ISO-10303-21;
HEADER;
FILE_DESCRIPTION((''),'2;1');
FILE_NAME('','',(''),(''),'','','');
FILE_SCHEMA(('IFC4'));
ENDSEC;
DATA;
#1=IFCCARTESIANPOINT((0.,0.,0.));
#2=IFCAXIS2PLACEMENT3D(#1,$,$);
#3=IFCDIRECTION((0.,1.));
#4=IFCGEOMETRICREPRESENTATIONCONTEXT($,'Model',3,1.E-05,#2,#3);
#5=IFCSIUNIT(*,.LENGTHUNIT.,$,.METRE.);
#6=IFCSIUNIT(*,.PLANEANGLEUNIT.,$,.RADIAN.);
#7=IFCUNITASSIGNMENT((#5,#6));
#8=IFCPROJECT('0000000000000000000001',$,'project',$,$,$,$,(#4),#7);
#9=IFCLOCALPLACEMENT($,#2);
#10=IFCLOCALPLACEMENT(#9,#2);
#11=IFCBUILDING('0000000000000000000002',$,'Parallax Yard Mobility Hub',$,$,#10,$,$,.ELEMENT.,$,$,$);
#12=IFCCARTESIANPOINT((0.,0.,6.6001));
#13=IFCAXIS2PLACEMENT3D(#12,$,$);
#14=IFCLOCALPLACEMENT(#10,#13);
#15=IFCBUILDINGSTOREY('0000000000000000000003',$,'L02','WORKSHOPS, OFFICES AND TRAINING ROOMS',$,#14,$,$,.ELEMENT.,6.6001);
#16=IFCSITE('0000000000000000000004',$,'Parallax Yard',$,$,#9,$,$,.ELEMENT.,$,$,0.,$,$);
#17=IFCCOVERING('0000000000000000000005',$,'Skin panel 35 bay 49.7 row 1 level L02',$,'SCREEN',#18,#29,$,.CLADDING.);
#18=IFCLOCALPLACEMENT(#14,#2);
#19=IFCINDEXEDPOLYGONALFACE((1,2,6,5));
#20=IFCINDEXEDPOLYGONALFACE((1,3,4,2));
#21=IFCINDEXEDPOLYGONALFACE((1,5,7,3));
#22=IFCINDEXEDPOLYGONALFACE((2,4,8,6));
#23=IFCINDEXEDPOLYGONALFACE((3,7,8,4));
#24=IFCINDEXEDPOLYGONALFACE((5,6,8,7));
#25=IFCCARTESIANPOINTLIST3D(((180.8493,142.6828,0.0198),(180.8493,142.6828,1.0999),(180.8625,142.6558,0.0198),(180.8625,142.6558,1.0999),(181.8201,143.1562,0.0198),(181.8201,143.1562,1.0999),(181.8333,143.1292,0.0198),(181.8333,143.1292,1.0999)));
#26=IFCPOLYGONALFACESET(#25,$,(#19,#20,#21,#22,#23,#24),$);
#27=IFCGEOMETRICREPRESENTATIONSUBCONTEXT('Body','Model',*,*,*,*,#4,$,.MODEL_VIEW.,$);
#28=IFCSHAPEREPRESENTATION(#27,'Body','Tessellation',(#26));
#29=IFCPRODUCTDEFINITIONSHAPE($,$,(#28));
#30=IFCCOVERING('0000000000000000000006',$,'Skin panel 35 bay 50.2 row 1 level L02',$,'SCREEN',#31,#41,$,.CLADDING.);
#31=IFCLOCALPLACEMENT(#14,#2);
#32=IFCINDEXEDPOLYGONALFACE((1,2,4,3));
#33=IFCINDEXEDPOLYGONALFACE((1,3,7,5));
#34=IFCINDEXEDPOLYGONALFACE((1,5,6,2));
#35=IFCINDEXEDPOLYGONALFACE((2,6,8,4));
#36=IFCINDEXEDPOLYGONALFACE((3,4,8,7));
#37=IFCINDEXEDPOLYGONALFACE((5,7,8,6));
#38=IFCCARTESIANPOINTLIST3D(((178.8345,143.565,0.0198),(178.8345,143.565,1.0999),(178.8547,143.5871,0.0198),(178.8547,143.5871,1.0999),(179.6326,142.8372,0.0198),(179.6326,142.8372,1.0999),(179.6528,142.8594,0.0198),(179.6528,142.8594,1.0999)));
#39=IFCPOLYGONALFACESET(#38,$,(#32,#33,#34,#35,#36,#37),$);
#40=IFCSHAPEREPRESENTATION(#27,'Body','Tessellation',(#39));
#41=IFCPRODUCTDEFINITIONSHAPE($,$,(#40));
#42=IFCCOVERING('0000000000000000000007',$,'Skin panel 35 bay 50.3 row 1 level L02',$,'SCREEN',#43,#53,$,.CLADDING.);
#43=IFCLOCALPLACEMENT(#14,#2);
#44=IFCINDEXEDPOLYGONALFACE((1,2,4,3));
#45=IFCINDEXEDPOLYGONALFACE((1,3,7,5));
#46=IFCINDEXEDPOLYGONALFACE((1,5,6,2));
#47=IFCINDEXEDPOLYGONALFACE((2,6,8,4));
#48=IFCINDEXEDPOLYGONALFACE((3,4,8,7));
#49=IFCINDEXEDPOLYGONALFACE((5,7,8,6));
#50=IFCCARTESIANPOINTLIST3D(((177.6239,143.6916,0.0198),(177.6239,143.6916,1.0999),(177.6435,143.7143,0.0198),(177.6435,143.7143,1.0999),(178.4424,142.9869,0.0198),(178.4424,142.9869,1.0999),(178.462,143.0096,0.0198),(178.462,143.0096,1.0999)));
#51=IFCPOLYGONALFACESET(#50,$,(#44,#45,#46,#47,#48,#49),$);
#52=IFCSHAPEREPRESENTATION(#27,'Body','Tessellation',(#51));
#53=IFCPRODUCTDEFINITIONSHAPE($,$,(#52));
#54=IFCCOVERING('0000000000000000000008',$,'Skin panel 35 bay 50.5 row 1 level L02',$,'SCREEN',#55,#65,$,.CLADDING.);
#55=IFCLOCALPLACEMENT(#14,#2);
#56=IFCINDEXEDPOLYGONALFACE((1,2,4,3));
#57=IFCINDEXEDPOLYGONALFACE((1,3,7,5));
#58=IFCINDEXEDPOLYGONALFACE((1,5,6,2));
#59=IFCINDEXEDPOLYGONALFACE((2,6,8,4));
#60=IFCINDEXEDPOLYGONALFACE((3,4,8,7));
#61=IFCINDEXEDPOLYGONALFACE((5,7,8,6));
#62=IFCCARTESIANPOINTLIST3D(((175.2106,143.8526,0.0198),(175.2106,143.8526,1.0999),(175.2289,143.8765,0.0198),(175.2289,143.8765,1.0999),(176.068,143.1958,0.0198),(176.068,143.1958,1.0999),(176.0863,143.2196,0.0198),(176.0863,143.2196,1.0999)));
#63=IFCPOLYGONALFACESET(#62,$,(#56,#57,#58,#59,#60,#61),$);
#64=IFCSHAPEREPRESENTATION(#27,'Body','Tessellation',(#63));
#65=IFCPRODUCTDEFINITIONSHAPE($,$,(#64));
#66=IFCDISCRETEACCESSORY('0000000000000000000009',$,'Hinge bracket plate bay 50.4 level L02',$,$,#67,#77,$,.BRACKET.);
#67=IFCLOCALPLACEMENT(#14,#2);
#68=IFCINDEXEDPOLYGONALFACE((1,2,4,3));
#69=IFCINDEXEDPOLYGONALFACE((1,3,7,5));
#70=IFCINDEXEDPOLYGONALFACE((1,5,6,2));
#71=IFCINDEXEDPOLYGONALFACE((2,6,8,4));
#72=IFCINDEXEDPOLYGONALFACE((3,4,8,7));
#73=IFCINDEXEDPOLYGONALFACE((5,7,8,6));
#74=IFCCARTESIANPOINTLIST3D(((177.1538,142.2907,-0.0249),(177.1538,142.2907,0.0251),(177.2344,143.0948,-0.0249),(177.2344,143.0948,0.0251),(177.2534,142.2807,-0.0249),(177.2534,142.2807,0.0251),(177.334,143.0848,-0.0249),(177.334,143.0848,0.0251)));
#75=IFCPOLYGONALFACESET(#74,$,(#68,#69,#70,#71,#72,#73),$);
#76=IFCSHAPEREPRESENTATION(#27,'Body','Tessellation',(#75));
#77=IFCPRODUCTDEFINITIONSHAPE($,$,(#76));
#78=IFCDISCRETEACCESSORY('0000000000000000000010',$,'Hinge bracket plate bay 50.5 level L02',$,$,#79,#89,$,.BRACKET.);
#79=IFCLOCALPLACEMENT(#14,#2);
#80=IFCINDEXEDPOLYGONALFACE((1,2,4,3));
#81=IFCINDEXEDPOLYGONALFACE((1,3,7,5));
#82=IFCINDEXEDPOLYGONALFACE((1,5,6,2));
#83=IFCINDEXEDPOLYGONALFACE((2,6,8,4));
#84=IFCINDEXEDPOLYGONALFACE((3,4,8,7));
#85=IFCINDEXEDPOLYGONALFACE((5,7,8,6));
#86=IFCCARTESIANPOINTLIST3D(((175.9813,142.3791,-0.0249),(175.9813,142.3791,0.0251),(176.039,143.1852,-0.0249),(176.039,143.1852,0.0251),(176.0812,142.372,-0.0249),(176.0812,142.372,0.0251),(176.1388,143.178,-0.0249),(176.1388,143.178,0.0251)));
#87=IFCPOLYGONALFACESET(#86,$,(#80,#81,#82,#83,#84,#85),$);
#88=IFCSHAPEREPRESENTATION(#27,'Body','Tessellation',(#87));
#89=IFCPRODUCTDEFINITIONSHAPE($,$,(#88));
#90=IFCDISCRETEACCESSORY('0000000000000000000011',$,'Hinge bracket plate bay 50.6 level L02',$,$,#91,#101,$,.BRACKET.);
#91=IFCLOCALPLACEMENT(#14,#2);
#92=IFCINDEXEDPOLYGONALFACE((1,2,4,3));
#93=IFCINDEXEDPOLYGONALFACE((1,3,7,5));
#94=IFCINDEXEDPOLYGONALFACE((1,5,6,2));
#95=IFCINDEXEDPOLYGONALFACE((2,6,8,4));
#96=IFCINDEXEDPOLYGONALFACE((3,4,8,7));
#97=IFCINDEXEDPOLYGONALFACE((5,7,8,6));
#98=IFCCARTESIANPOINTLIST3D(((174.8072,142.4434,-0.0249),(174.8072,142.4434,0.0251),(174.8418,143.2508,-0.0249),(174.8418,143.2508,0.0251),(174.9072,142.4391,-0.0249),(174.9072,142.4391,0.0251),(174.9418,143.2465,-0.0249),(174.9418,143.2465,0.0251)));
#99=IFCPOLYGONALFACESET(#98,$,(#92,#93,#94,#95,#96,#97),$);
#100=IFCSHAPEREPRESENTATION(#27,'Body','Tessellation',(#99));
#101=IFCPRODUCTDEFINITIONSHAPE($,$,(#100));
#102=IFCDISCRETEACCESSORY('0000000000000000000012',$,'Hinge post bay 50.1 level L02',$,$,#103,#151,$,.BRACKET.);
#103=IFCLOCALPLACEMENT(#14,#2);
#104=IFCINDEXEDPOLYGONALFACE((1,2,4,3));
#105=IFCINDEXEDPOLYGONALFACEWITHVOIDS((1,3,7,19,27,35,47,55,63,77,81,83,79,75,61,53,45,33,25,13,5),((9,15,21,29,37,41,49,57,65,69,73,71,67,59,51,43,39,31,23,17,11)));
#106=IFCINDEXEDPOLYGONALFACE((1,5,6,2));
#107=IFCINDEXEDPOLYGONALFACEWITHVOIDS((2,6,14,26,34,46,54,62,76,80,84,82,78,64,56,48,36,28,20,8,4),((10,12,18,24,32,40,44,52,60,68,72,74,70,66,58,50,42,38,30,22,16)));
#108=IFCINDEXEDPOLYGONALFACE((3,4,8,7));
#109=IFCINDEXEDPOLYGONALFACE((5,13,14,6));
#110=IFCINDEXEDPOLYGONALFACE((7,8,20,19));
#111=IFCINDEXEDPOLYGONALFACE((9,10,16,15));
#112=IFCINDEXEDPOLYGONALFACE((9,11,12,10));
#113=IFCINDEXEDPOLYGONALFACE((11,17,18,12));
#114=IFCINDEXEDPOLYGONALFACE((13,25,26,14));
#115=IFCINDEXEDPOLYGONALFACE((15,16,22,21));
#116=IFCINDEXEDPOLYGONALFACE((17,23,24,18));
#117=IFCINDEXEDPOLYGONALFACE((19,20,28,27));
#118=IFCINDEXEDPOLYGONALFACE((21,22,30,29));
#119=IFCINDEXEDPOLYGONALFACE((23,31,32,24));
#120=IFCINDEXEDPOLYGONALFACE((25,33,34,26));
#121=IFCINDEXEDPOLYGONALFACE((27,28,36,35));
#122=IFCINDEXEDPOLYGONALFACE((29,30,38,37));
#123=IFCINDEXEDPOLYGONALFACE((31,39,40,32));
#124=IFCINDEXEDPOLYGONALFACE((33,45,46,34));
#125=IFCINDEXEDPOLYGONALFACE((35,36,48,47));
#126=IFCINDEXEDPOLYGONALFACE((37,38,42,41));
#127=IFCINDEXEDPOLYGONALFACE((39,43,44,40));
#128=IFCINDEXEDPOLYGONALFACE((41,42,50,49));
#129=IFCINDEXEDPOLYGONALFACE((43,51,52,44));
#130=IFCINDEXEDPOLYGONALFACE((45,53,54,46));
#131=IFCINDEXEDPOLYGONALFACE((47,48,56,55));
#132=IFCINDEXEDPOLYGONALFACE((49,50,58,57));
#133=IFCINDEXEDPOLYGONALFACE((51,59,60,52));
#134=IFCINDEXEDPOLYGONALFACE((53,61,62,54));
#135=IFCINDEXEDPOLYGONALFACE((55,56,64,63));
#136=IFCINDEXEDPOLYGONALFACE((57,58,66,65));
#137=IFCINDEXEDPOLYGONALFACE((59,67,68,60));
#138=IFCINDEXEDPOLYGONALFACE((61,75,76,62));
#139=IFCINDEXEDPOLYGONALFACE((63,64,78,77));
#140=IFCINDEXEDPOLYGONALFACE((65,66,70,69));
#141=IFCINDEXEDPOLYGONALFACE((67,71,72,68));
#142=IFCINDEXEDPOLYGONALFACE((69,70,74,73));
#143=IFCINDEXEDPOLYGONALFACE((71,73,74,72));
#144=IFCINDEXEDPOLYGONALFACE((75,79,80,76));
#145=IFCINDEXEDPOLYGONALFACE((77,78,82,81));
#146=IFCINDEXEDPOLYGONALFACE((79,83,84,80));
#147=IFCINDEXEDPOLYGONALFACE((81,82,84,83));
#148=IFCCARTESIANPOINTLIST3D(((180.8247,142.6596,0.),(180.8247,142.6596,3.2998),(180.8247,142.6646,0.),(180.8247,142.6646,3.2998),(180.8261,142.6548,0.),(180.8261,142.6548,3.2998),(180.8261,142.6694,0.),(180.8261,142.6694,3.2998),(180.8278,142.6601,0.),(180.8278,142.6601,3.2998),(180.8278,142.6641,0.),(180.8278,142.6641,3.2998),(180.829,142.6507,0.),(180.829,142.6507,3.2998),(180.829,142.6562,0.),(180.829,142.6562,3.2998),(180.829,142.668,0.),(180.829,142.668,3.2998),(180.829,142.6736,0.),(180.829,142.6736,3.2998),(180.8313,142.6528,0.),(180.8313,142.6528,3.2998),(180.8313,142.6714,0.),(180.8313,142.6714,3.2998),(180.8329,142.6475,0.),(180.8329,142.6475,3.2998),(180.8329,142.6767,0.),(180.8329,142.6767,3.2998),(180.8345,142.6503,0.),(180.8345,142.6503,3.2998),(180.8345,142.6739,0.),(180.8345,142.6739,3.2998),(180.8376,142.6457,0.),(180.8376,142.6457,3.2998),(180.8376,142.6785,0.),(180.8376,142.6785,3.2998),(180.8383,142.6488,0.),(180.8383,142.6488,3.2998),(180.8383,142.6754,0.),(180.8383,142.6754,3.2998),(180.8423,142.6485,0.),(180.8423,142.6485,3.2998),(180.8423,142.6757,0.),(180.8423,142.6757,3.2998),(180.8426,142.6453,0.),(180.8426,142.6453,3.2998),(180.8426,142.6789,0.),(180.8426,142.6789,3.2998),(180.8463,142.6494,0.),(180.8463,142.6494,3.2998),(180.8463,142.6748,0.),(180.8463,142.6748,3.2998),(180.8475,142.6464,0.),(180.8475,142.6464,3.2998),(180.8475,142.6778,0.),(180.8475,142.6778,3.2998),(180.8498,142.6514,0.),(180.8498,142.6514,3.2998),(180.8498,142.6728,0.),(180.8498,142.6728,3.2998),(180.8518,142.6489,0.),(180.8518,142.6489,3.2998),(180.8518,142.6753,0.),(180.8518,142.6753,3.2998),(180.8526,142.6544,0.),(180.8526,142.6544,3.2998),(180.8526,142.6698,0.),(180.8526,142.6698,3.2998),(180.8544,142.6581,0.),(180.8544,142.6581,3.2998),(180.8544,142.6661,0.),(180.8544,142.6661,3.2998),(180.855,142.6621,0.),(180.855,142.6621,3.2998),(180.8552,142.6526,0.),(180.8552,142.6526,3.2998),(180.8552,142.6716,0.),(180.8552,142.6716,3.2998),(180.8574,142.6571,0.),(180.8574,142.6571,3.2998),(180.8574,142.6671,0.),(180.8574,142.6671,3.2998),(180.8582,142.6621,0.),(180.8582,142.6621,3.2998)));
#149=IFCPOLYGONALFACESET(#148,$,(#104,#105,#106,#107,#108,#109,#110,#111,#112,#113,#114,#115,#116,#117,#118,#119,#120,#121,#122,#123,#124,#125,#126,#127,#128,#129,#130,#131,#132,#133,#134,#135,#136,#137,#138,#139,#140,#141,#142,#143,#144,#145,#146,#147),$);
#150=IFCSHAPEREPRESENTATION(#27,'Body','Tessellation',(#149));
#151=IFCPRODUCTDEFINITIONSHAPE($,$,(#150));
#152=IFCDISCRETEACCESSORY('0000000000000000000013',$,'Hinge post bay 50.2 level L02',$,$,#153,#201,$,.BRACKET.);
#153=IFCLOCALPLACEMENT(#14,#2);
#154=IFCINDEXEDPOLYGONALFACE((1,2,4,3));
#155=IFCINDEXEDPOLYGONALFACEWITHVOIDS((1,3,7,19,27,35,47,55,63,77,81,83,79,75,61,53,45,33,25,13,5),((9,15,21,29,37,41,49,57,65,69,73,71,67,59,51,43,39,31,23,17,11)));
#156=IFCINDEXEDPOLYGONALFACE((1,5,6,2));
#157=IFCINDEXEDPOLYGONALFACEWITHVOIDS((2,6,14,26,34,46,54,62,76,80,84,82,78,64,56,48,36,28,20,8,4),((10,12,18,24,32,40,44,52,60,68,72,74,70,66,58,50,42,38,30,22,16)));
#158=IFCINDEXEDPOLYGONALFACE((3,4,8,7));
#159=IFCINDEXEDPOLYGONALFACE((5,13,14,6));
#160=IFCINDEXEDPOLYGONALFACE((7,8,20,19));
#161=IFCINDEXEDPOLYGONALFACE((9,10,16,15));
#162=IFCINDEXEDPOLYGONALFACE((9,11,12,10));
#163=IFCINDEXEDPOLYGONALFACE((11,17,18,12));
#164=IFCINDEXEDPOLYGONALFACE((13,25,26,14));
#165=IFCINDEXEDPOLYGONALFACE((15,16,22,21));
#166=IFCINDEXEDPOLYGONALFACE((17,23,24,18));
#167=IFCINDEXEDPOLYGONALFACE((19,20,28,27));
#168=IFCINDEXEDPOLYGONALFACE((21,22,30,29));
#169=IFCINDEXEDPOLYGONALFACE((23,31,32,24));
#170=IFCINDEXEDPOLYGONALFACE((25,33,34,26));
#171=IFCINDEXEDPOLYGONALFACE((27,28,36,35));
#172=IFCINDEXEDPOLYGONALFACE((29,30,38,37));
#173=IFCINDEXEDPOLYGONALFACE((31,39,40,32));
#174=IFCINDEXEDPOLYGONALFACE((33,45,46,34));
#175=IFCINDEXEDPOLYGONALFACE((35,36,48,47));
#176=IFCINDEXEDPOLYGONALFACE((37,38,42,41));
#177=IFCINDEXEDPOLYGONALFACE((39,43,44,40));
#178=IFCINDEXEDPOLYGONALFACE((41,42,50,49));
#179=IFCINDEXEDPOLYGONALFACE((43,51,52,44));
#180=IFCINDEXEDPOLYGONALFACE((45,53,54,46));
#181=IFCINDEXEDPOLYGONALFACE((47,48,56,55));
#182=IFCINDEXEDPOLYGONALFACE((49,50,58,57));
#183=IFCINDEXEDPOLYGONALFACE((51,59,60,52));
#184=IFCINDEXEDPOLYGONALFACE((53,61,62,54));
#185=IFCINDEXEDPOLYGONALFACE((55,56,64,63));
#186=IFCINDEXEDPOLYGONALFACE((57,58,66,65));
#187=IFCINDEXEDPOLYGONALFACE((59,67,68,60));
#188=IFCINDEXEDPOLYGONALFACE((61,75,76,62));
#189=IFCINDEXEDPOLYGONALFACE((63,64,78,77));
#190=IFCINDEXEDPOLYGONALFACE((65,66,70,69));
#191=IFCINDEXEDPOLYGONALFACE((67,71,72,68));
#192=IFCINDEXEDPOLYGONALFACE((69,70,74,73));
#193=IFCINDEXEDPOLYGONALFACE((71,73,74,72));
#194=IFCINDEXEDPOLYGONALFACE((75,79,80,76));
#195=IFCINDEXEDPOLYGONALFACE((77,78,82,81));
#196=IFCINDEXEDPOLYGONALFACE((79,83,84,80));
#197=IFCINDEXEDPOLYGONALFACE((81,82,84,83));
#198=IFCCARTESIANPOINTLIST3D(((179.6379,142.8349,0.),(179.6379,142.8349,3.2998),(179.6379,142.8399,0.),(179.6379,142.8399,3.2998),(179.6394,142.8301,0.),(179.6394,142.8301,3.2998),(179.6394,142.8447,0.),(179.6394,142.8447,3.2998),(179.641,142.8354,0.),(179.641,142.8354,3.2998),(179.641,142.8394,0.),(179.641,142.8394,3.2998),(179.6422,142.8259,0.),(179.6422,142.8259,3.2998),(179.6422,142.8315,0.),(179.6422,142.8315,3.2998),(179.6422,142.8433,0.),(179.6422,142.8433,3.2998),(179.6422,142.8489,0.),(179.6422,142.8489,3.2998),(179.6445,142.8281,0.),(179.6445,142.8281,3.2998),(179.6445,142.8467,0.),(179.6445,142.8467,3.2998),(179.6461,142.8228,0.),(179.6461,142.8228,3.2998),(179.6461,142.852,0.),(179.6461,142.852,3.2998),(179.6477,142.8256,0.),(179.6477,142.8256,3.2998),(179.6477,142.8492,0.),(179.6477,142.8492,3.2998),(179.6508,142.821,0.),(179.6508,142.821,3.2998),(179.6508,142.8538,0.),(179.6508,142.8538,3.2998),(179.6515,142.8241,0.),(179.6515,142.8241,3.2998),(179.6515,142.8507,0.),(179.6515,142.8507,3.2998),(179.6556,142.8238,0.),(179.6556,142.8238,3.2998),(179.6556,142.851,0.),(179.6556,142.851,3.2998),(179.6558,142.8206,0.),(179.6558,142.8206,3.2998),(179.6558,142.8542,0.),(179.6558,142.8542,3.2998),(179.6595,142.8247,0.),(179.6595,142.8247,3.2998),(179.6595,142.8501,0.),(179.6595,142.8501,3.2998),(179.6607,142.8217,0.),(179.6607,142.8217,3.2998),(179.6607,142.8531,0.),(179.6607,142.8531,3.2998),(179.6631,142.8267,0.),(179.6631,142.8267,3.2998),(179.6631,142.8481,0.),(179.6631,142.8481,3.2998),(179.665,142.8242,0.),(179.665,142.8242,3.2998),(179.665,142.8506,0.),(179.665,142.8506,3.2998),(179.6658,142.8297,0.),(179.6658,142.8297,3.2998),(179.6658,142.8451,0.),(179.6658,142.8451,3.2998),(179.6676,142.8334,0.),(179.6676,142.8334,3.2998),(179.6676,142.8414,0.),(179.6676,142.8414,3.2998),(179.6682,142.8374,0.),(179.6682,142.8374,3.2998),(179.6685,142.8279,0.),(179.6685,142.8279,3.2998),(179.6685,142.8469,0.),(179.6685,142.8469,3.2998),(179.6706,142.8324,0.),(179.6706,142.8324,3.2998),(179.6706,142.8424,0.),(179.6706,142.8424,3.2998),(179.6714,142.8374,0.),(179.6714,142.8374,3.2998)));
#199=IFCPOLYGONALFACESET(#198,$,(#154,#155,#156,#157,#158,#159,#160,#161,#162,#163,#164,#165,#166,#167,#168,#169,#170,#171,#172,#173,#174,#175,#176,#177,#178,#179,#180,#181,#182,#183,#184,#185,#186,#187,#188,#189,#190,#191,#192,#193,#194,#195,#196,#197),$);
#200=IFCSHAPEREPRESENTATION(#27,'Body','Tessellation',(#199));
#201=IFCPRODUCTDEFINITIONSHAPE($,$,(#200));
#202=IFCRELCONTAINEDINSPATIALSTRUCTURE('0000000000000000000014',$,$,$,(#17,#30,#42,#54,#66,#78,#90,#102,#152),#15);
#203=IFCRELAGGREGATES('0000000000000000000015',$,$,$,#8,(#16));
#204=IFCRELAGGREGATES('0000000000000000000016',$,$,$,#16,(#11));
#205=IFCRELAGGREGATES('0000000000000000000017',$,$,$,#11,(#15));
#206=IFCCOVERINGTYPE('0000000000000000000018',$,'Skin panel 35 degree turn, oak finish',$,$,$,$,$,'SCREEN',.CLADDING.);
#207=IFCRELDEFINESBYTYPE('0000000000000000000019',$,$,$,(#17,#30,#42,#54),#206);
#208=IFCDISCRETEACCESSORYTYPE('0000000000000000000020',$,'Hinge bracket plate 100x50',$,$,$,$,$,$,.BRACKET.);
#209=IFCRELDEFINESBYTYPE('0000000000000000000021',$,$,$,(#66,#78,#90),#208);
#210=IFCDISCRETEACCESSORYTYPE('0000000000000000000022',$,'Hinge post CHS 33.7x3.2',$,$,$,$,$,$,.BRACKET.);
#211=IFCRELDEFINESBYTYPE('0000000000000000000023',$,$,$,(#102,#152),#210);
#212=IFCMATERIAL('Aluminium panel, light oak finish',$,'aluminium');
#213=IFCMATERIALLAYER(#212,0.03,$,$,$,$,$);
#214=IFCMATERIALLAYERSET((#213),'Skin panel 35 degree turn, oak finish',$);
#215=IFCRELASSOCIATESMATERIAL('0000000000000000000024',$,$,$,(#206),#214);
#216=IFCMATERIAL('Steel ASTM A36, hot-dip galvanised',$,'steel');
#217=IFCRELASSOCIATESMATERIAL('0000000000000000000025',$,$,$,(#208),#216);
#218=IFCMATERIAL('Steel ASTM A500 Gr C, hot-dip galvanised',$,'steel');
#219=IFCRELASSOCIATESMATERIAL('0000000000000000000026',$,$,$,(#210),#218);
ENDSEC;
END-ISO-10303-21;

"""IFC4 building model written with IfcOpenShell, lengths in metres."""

from ifc_helpers import new_model, si_unit, direction, frame, origin, origin_2d, place, context, subcontext, project, spatial, rectangle, hollow_circle, extrude, material, layer, layer_set, material_profile, profile_set, type_object, element, save


model = new_model("IFC4")

# Units and contexts
model_context = context("Model", 3, precision=1e-05, world=origin(), true_north=direction((0.0, 1.0)))
body_context = subcontext(model_context, "Body", "Model", "MODEL_VIEW")
ifc_project = project(units=[si_unit("LENGTHUNIT", "METRE"), si_unit("PLANEANGLEUNIT", "RADIAN")], contexts=[model_context])

# Site, building, storey
site_placement = place(None, origin())
site = spatial("IfcSite", under=ifc_project, at=site_placement, Name="Parallax Yard", CompositionType="ELEMENT", RefElevation=0.0)
building_placement = place(site_placement, origin())
building = spatial("IfcBuilding", under=site, at=building_placement, Name="Parallax Yard Mobility Hub", CompositionType="ELEMENT")
storey_placement = place(building_placement, frame((0.0, 0.0, 6.6001)))
storey = spatial("IfcBuildingStorey", under=building, at=storey_placement, Name="L02", Description="WORKSHOPS, OFFICES AND TRAINING ROOMS", CompositionType="ELEMENT", Elevation=6.6001)

# Coverings
ifc_material_1 = material(Name="Aluminium panel, light oak finish", Category="aluminium")
ifc_layer_1 = layer(ifc_material_1, 0.03)
ifc_layer_set_1 = layer_set([ifc_layer_1], Name="Skin panel 35 degree turn, oak finish")
covering_type_1 = type_object("IfcCoveringType", Name="Skin panel 35 degree turn, oak finish", ElementType="SCREEN", PredefinedType="CLADDING", material=ifc_layer_set_1)
for number, where, z_axis, x_axis, name in (
    (1, (181.3413, 142.906, 0.0198), (0.0, 0.0, 1.0), (0.898794, 0.438371, 0.0), "Skin panel 35 bay 49.7 row 1 level L02"),
    (2, (179.2437, 143.2122, 0.0198), (0.0, 0.0, 1.0), (-0.738884, 0.673833, 0.0), "Skin panel 35 bay 50.2 row 1 level L02"),
    (3, (178.043, 143.3506, 0.0198), (0.0, 0.0, 1.0), (-0.757824, 0.65246, 0.0), "Skin panel 35 bay 50.3 row 1 level L02"),
    (4, (175.6484, 143.5361, 0.0198), (0.0, 0.0, 1.0), (-0.793837, 0.608131, 0.0), "Skin panel 35 bay 50.5 row 1 level L02"),
):
    element("IfcCovering", number, at=place(storey_placement, frame(where, z_axis=z_axis, x_axis=x_axis)), inside=storey, type_object=covering_type_1, Name=name, ObjectType="SCREEN", PredefinedType="CLADDING", context=body_context, shape_type="SweptSolid", body=[
        extrude(rectangle(XDim=1.0801, YDim=0.03, at=origin_2d()), origin(), (0.0, 0.0, 1.0), 1.0801),
    ])

# Discrete accessories
ifc_material_2 = material(Name="Steel ASTM A36, hot-dip galvanised", Category="steel")
discrete_accessory_type_1 = type_object("IfcDiscreteAccessoryType", Name="Hinge bracket plate 100x50", PredefinedType="BRACKET", material=ifc_material_2)
for number, where, z_axis, x_axis, name in (
    (5, (177.2439, 142.6877, -0.0249), (0.0, 0.0, 1.0), (0.099794, 0.995008, 0.0), "Hinge bracket plate bay 50.4 level L02"),
    (6, (176.0601, 142.7786, -0.0249), (0.0, 0.0, 1.0), (0.071339, 0.997452, 0.0), "Hinge bracket plate bay 50.5 level L02"),
    (7, (174.8745, 142.845, -0.0249), (0.0, 0.0, 1.0), (0.042826, 0.999083, 0.0), "Hinge bracket plate bay 50.6 level L02"),
):
    element("IfcDiscreteAccessory", number, at=place(storey_placement, frame(where, z_axis=z_axis, x_axis=x_axis)), inside=storey, type_object=discrete_accessory_type_1, Name=name, PredefinedType="BRACKET", context=body_context, shape_type="SweptSolid", body=[
        extrude(rectangle(XDim=0.8081, YDim=0.1001, at=origin_2d()), origin(), (0.0, 0.0, 1.0), 0.05),
    ])
ifc_material_3 = material(Name="Steel ASTM A500 Gr C, hot-dip galvanised", Category="steel")
ifc_material_profile = material_profile(ifc_material_3, hollow_circle(Radius=0.0168, WallThickness=0.0032, at=origin_2d()), Name="CHS 33.7x3.2")
ifc_profile_set = profile_set([ifc_material_profile], Name="Steel ASTM A500 Gr C, hot-dip galvanised")
discrete_accessory_type_2 = type_object("IfcDiscreteAccessoryType", Name="Hinge post CHS 33.7x3.2", PredefinedType="BRACKET", material=ifc_profile_set)
for number, where, z_axis, x_axis, name in (
    (8, (180.8413, 142.6621, 0.0), (0.0, 0.0, 1.0), (1.0, 0.0, 0.0), "Hinge post bay 50.1 level L02"),
    (9, (179.6545, 142.8374, 0.0), (0.0, 0.0, 1.0), (1.0, 0.0, 0.0), "Hinge post bay 50.2 level L02"),
):
    element("IfcDiscreteAccessory", number, at=place(storey_placement, frame(where, z_axis=z_axis, x_axis=x_axis)), inside=storey, type_object=discrete_accessory_type_2, Name=name, PredefinedType="BRACKET", context=body_context, shape_type="SweptSolid", body=[
        extrude(hollow_circle(Radius=0.0168, WallThickness=0.0032, at=origin_2d()), origin(), (0.0, 0.0, 1.0), 3.2998),
    ])

save(model, "model.ifc")
